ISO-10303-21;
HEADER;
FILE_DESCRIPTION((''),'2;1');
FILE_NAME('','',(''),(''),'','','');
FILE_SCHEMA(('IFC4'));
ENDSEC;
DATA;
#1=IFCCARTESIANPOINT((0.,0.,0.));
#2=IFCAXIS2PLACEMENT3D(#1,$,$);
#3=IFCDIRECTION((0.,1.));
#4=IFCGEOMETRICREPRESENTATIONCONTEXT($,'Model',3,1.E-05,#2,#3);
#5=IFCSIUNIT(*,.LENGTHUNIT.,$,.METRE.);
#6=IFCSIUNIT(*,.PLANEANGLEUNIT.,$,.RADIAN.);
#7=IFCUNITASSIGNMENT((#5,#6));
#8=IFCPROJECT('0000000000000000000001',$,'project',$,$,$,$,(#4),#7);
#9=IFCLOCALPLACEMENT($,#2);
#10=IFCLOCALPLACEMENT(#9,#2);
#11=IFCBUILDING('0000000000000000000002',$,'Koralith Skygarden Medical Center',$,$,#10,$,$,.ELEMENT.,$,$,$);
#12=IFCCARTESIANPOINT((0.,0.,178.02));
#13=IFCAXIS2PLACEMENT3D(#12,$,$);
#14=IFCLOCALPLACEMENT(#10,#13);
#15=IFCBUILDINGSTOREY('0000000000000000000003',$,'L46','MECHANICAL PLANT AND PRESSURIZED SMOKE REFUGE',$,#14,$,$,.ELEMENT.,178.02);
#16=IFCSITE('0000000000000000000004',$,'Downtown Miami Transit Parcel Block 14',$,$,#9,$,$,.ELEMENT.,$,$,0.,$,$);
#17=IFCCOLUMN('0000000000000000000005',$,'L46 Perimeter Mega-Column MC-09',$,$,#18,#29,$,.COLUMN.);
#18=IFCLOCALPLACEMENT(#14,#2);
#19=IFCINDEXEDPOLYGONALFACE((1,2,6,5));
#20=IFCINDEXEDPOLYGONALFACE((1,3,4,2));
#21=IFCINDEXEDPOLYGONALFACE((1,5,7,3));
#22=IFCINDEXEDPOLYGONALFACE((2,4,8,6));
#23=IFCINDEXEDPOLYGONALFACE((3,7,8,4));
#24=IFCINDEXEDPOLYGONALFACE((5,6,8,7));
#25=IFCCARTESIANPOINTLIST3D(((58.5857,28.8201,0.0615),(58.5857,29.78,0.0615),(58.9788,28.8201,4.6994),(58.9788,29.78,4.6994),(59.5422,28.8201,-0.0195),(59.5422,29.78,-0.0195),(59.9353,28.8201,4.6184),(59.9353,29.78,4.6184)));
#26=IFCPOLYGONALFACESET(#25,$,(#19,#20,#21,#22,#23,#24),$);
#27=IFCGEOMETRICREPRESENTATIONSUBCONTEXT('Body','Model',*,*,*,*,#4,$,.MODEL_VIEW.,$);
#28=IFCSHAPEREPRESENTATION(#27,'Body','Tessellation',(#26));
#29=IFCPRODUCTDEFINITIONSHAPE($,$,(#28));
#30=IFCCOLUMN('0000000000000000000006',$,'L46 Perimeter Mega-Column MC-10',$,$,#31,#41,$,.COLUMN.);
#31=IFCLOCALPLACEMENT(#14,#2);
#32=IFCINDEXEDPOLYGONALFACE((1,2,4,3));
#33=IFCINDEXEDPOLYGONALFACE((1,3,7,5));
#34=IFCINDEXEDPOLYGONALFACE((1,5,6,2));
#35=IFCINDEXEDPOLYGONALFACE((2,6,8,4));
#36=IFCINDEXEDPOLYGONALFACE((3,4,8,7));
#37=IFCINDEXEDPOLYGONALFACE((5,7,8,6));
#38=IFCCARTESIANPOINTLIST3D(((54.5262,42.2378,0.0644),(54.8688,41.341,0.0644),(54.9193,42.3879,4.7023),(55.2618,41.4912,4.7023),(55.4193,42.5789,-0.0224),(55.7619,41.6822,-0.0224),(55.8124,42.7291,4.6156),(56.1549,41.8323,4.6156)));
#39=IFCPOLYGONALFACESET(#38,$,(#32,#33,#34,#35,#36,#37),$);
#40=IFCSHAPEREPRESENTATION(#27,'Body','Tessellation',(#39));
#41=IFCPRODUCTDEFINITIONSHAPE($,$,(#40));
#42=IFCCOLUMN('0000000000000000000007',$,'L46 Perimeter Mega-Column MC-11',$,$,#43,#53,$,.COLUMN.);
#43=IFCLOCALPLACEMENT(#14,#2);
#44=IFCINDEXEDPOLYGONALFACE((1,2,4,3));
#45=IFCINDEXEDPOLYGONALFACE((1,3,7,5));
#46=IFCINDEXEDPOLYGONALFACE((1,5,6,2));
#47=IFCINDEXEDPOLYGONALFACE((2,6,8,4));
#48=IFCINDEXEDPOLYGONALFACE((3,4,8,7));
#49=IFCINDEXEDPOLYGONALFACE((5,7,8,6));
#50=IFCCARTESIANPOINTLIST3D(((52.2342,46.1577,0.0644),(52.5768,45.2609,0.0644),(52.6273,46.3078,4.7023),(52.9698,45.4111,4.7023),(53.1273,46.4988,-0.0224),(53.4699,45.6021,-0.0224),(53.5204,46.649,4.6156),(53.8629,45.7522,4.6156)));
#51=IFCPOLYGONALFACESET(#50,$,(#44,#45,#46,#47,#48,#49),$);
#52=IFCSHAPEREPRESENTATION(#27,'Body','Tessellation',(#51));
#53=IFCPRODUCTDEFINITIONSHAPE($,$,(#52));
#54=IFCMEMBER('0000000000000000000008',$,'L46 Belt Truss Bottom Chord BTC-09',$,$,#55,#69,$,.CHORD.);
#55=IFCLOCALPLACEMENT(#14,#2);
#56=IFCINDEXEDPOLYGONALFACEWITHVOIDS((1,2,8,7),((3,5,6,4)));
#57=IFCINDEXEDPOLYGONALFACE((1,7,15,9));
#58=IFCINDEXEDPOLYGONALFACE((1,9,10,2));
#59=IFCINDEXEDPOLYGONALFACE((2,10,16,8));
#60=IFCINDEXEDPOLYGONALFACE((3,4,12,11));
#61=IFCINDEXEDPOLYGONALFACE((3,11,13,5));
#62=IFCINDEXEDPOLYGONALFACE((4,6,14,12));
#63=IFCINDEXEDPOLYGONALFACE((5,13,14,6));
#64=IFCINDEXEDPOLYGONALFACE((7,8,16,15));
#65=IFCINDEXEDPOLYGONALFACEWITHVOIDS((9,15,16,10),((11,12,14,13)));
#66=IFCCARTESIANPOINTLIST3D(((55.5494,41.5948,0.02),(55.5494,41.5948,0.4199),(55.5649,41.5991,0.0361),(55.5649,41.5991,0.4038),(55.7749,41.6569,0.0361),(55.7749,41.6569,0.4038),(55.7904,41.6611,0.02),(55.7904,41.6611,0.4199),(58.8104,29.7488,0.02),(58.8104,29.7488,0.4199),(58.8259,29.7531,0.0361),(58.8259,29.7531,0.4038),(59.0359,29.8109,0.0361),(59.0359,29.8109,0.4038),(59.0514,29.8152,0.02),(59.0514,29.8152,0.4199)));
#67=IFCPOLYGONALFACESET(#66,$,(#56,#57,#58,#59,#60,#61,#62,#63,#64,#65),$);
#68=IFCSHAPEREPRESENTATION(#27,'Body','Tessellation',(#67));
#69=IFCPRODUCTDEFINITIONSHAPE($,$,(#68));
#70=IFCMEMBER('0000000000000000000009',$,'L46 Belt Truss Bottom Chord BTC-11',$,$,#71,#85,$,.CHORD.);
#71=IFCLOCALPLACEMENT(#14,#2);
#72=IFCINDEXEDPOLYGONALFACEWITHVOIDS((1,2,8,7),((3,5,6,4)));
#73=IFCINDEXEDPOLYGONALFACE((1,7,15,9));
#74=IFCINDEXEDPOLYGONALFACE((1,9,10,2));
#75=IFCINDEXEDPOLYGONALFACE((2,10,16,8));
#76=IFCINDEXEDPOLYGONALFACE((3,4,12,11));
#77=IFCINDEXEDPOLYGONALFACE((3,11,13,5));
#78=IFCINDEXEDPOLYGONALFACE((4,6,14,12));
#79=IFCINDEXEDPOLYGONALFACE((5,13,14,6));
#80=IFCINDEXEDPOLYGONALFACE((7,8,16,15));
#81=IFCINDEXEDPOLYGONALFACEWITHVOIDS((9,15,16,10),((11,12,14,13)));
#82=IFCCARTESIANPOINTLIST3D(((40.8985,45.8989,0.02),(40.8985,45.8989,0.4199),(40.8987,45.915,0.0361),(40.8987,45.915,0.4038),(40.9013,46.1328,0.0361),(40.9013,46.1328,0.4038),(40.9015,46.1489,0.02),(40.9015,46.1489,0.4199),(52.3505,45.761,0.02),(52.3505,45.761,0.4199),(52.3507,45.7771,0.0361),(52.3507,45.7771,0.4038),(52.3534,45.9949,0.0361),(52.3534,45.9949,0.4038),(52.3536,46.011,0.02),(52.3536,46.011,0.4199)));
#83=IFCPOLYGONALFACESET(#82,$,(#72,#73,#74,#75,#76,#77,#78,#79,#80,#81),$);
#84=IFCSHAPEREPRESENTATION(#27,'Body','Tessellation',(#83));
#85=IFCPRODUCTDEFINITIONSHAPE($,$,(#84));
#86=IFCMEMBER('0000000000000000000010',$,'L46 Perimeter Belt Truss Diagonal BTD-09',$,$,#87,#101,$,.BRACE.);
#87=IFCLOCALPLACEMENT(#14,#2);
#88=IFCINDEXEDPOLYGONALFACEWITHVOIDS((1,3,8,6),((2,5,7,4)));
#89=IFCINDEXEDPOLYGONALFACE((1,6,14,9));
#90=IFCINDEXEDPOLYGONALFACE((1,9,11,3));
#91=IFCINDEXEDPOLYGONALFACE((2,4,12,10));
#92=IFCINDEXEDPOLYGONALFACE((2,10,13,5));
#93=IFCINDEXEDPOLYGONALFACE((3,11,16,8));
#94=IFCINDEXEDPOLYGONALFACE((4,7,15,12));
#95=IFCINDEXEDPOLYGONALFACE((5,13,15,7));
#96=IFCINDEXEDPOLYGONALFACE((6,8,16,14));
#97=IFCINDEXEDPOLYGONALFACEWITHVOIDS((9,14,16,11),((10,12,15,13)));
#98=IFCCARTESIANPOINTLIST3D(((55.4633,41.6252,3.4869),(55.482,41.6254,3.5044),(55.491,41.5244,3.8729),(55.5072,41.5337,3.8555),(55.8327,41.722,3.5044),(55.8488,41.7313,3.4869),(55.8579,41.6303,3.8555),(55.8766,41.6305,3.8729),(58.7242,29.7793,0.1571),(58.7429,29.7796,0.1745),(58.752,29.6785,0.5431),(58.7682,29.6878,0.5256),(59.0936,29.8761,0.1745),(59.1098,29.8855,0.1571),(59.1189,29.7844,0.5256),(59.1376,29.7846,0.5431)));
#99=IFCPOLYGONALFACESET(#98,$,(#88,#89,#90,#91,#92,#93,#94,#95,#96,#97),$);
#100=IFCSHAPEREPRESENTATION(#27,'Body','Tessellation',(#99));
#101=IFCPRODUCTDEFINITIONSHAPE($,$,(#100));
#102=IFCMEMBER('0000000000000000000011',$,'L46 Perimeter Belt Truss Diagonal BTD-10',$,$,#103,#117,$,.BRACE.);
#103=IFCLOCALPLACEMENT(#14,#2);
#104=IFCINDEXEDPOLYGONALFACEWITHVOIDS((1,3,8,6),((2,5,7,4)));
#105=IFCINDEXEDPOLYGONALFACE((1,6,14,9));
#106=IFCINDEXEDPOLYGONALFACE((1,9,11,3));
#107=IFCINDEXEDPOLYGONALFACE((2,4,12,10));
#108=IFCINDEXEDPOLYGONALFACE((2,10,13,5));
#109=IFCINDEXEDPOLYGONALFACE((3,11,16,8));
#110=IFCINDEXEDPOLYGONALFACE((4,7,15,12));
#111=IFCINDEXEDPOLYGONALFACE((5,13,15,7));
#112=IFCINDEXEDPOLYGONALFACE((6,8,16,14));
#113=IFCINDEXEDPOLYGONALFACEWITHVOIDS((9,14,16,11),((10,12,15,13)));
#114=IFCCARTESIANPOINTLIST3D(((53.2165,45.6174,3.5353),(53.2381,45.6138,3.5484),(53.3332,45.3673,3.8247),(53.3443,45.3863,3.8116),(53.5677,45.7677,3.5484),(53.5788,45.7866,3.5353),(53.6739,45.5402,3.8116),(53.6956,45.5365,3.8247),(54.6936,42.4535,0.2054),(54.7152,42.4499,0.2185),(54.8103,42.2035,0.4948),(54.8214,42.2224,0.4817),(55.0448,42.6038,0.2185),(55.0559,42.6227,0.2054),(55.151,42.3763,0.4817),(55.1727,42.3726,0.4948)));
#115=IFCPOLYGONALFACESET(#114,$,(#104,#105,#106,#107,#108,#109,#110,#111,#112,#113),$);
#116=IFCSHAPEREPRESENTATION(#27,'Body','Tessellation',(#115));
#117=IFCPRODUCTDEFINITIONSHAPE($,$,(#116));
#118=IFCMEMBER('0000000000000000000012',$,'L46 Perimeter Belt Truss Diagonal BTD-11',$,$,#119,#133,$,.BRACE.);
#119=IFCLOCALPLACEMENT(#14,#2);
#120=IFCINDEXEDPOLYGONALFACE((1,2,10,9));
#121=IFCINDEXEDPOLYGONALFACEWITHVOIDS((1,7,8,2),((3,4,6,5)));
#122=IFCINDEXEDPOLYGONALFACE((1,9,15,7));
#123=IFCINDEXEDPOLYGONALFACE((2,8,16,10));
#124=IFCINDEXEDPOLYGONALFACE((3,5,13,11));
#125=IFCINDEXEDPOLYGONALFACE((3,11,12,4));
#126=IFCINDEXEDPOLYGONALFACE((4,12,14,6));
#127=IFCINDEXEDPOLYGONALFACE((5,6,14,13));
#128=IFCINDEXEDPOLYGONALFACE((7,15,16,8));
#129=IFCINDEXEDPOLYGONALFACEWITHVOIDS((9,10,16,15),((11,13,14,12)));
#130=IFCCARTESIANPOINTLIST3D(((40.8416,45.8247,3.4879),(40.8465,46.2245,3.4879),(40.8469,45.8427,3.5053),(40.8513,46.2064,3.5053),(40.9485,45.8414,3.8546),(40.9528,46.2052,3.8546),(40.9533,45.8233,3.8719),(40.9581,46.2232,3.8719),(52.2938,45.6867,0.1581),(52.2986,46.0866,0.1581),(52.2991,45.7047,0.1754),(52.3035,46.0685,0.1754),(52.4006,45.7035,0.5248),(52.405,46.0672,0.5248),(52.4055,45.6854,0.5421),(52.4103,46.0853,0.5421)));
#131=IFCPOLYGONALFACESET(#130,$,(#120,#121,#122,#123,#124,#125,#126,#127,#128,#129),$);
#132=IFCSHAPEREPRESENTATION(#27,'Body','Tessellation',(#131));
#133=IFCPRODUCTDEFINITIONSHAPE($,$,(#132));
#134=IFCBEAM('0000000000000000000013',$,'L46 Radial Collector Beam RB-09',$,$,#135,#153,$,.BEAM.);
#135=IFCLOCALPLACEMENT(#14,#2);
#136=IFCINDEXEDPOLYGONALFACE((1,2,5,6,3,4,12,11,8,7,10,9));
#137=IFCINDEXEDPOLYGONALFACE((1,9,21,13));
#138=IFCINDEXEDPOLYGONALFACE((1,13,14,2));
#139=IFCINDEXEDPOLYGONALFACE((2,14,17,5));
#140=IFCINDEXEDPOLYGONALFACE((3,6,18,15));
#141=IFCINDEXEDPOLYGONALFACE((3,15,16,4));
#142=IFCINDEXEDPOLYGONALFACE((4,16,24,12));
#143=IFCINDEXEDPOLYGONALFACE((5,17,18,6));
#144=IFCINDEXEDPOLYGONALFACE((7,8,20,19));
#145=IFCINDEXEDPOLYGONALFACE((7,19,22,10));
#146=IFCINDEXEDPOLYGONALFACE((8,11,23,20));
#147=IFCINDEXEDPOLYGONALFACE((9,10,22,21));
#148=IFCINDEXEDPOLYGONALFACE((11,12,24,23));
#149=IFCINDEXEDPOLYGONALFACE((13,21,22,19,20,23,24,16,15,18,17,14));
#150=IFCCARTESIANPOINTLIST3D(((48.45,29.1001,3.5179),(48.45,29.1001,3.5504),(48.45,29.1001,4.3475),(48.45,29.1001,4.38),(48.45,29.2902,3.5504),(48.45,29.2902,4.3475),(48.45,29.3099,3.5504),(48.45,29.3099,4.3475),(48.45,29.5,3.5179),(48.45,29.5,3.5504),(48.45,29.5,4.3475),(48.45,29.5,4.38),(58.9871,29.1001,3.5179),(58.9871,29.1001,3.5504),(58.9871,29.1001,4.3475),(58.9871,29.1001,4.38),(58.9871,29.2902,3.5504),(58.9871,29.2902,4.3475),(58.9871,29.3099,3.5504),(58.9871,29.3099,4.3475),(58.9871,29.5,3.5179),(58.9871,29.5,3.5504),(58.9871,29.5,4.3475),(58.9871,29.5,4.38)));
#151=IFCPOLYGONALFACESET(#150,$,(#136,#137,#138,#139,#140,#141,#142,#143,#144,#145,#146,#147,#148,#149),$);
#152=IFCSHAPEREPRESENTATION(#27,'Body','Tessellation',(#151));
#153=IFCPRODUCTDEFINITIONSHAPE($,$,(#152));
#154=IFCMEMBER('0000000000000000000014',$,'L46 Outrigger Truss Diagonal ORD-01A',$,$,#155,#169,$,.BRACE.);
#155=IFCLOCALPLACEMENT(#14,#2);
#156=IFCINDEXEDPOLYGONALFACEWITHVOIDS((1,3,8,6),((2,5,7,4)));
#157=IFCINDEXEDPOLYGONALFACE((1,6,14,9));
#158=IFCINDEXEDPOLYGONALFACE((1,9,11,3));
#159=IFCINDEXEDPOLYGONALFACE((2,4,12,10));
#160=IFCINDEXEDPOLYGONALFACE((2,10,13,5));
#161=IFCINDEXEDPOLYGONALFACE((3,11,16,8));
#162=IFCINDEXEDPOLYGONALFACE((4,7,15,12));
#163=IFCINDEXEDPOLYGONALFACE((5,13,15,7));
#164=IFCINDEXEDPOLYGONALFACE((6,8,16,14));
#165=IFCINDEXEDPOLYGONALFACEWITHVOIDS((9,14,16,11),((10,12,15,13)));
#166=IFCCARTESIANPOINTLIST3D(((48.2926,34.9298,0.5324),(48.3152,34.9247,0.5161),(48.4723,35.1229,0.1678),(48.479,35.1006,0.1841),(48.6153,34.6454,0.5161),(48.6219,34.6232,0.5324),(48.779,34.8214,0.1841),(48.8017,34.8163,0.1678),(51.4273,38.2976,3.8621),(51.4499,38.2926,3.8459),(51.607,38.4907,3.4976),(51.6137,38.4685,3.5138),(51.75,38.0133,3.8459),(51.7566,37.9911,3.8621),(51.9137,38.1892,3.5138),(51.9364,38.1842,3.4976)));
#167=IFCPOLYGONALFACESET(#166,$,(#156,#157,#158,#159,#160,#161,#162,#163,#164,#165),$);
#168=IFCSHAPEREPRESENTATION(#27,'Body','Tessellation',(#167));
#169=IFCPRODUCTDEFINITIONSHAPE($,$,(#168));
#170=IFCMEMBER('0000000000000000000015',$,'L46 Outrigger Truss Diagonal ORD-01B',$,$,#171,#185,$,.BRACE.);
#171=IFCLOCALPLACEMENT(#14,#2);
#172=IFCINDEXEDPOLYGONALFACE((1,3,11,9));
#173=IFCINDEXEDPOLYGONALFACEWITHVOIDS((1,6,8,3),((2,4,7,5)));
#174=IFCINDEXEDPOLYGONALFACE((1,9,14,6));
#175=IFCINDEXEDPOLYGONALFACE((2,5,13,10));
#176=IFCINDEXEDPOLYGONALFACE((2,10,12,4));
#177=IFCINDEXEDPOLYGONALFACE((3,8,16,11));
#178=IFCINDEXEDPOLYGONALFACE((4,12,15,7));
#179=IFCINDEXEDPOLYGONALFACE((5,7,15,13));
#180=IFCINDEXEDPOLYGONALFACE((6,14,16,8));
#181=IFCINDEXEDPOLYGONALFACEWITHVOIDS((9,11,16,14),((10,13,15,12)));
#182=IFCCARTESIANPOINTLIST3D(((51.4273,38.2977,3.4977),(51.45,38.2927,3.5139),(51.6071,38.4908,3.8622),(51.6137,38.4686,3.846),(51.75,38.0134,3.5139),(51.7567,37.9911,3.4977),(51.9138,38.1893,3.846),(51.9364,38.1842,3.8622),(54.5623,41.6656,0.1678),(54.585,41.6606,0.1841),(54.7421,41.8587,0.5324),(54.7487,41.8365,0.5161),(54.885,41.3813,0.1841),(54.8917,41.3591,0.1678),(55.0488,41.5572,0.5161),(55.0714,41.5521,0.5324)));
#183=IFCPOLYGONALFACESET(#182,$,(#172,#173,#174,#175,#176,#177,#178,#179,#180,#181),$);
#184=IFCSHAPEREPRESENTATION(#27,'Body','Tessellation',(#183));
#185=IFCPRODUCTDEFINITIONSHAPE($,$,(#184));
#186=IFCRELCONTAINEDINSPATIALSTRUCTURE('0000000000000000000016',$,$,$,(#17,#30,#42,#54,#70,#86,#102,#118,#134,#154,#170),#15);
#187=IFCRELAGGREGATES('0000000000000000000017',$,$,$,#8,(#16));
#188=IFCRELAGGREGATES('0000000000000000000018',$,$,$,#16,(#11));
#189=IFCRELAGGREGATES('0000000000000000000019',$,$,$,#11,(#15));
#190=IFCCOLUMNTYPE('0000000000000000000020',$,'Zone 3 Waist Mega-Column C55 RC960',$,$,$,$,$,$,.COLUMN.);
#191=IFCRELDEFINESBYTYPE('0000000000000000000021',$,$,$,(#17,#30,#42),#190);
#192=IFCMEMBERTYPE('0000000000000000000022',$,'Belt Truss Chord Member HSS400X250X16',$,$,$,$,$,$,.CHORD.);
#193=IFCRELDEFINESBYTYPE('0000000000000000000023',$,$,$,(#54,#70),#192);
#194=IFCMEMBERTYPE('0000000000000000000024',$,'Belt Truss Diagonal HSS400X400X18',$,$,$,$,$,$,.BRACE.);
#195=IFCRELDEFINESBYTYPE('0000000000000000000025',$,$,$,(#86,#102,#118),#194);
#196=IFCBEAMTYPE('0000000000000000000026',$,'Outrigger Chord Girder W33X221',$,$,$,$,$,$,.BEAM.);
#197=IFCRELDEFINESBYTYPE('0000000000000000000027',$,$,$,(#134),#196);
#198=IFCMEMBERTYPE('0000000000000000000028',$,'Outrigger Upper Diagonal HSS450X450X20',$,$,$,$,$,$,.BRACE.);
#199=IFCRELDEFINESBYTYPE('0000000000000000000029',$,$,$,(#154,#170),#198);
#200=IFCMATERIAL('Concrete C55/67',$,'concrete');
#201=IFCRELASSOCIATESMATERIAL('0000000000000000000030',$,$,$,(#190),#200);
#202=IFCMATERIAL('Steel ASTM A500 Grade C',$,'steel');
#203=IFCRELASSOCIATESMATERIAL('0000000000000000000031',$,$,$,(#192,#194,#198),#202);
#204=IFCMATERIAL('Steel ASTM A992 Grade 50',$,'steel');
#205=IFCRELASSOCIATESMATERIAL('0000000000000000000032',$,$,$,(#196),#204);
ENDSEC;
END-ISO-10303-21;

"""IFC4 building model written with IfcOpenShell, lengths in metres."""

from ifc_helpers import new_model, si_unit, direction, frame, origin, origin_2d, place, context, subcontext, project, spatial, rectangle, hollow_rectangle, i_section, extrude, material, material_profile, profile_set, type_object, element, save


model = new_model("IFC4")

# Units and contexts
model_context = context("Model", 3, precision=1e-05, world=origin(), true_north=direction((0.0, 1.0)))
body_context = subcontext(model_context, "Body", "Model", "MODEL_VIEW")
ifc_project = project(units=[si_unit("LENGTHUNIT", "METRE"), si_unit("PLANEANGLEUNIT", "RADIAN")], contexts=[model_context])

# Site, building, storey
site_placement = place(None, origin())
site = spatial("IfcSite", under=ifc_project, at=site_placement, Name="Downtown Miami Transit Parcel Block 14", CompositionType="ELEMENT", RefElevation=0.0)
building_placement = place(site_placement, origin())
building = spatial("IfcBuilding", under=site, at=building_placement, Name="Koralith Skygarden Medical Center", CompositionType="ELEMENT")
storey_placement = place(building_placement, frame((0.0, 0.0, 178.02)))
storey = spatial("IfcBuildingStorey", under=building, at=storey_placement, Name="L46", Description="MECHANICAL PLANT AND PRESSURIZED SMOKE REFUGE", CompositionType="ELEMENT", Elevation=178.02)

# Columns
ifc_material_1 = material(Name="Concrete C55/67", Category="concrete")
ifc_material_profile_1 = material_profile(ifc_material_1, rectangle(XDim=0.96, YDim=0.96, at=origin_2d()), Name="RC960X960")
ifc_profile_set_1 = profile_set([ifc_material_profile_1], Name="Concrete C55/67")
column_type = type_object("IfcColumnType", Name="Zone 3 Waist Mega-Column C55 RC960", PredefinedType="COLUMN", material=ifc_profile_set_1)
column_placement = place(storey_placement, frame((59.064, 29.3, 0.021), z_axis=(0.084447, 0.0, 0.996428), x_axis=(0.0, 1.0, 0.0)))
element("IfcColumn", 1, at=column_placement, inside=storey, type_object=column_type, Name="L46 Perimeter Mega-Column MC-09", PredefinedType="COLUMN", context=body_context, shape_type="SweptSolid", body=[
    extrude(rectangle(XDim=0.96, YDim=0.96, at=origin_2d()), origin(), (0.0, 0.0, 1.0), 4.6545),
])
for number, where, z_axis, x_axis, name in (
    (2, (55.144, 41.96, 0.021), (0.084404, 0.032241, 0.99591), (-0.35684, 0.934166, 0.0), "L46 Perimeter Mega-Column MC-10"),
    (3, (52.8521, 45.8799, 0.021), (0.084404, 0.032241, 0.99591), (-0.35684, 0.934166, 0.0), "L46 Perimeter Mega-Column MC-11"),
):
    element("IfcColumn", number, at=place(storey_placement, frame(where, z_axis=z_axis, x_axis=x_axis)), inside=storey, type_object=column_type, Name=name, PredefinedType="COLUMN", context=body_context, shape_type="SweptSolid", body=[
        extrude(rectangle(XDim=0.96, YDim=0.96, at=origin_2d()), origin(), (0.0, 0.0, 1.0), 4.657),
    ])

# Members
ifc_material_2 = material(Name="Steel ASTM A500 Grade C", Category="steel")
ifc_material_profile_2 = material_profile(ifc_material_2, hollow_rectangle(XDim=0.25, YDim=0.3999, WallThickness=0.0161, at=origin_2d()), Name="HSS400X250X16")
ifc_profile_set_2 = profile_set([ifc_material_profile_2], Name="Steel ASTM A500 Grade C")
member_type_1 = type_object("IfcMemberType", Name="Belt Truss Chord Member HSS400X250X16", PredefinedType="CHORD", material=ifc_profile_set_2)
member_1_placement = place(storey_placement, frame((58.9309, 29.782, 0.22), z_axis=(-0.26541, 0.964136, 0.0), x_axis=(-0.964136, -0.26541, 0.0)))
element("IfcMember", 4, at=member_1_placement, inside=storey, type_object=member_type_1, Name="L46 Belt Truss Bottom Chord BTC-09", PredefinedType="CHORD", context=body_context, shape_type="SweptSolid", body=[
    extrude(hollow_rectangle(XDim=0.25, YDim=0.3999, WallThickness=0.0161, at=origin_2d()), origin(), (0.0, 0.0, 1.0), 12.2866),
])
member_2_placement = place(storey_placement, frame((52.3521, 45.886, 0.22), z_axis=(-0.999927, 0.012044, 0.0), x_axis=(-0.012044, -0.999927, 0.0)))
element("IfcMember", 5, at=member_2_placement, inside=storey, type_object=member_type_1, Name="L46 Belt Truss Bottom Chord BTC-11", PredefinedType="CHORD", context=body_context, shape_type="SweptSolid", body=[
    extrude(hollow_rectangle(XDim=0.25, YDim=0.3999, WallThickness=0.0161, at=origin_2d()), origin(), (0.0, 0.0, 1.0), 11.4529),
])
ifc_material_profile_3 = material_profile(ifc_material_2, hollow_rectangle(XDim=0.3999, YDim=0.3999, WallThickness=0.0181, at=origin_2d()), Name="HSS400X400X18")
ifc_profile_set_3 = profile_set([ifc_material_profile_3], Name="Steel ASTM A500 Grade C")
member_type_2 = type_object("IfcMemberType", Name="Belt Truss Diagonal HSS400X400X18", PredefinedType="BRACE", material=ifc_profile_set_3)
member_3_placement = place(storey_placement, frame((58.9309, 29.782, 0.3501), z_axis=(-0.256169, 0.930567, 0.261577), x_axis=(-0.964136, -0.26541, 0.0)))
element("IfcMember", 6, at=member_3_placement, inside=storey, type_object=member_type_2, Name="L46 Perimeter Belt Truss Diagonal BTD-09", PredefinedType="BRACE", context=body_context, shape_type="SweptSolid", body=[
    extrude(hollow_rectangle(XDim=0.3999, YDim=0.3999, WallThickness=0.0181, at=origin_2d()), origin(), (0.0, 0.0, 1.0), 12.7297),
])
member_4_placement = place(storey_placement, frame((54.9331, 42.4131, 0.3501), z_axis=(-0.306134, 0.655733, 0.690142), x_axis=(-0.906117, -0.423027, 0.0)))
element("IfcMember", 7, at=member_4_placement, inside=storey, type_object=member_type_2, Name="L46 Perimeter Belt Truss Diagonal BTD-10", PredefinedType="BRACE", context=body_context, shape_type="SweptSolid", body=[
    extrude(hollow_rectangle(XDim=0.3999, YDim=0.3999, WallThickness=0.0181, at=origin_2d()), origin(), (0.0, 0.0, 1.0), 4.825),
])
member_5_placement = place(storey_placement, frame((52.3521, 45.886, 0.3501), z_axis=(-0.960169, 0.011565, 0.279179), x_axis=(-0.012044, -0.999927, 0.0)))
element("IfcMember", 8, at=member_5_placement, inside=storey, type_object=member_type_2, Name="L46 Perimeter Belt Truss Diagonal BTD-11", PredefinedType="BRACE", context=body_context, shape_type="SweptSolid", body=[
    extrude(hollow_rectangle(XDim=0.3999, YDim=0.3999, WallThickness=0.0181, at=origin_2d()), origin(), (0.0, 0.0, 1.0), 11.9272),
])

# Beam
ifc_material_3 = material(Name="Steel ASTM A992 Grade 50", Category="steel")
ifc_material_profile_4 = material_profile(ifc_material_3, i_section(OverallWidth=0.3999, OverallDepth=0.8621, WebThickness=0.0198, FlangeThickness=0.0325, at=origin_2d()), Name="W33X221")
ifc_profile_set_4 = profile_set([ifc_material_profile_4], Name="Steel ASTM A992 Grade 50")
beam_type_1 = type_object("IfcBeamType", Name="Outrigger Chord Girder W33X221", PredefinedType="BEAM", material=ifc_profile_set_4)
beam_1_placement = place(storey_placement, frame((48.45, 29.3, 3.949), z_axis=(1.0, 0.0, 0.0), x_axis=(0.0, 1.0, 0.0)))
element("IfcBeam", 9, at=beam_1_placement, inside=storey, type_object=beam_type_1, Name="L46 Radial Collector Beam RB-09", PredefinedType="BEAM", context=body_context, shape_type="SweptSolid", body=[
    extrude(i_section(OverallWidth=0.3999, OverallDepth=0.8621, WebThickness=0.0198, FlangeThickness=0.0325, at=origin_2d()), origin(), (0.0, 0.0, 1.0), 10.5371),
])

# Members
ifc_material_profile_5 = material_profile(ifc_material_2, hollow_rectangle(XDim=0.45, YDim=0.45, WallThickness=0.02, at=origin_2d()), Name="HSS450X450X20")
ifc_profile_set_5 = profile_set([ifc_material_profile_5], Name="Steel ASTM A500 Grade C")
member_type_3 = type_object("IfcMemberType", Name="Outrigger Upper Diagonal HSS450X450X20", PredefinedType="BRACE", material=ifc_profile_set_5)
member_6_placement = place(storey_placement, frame((48.5471, 34.873, 0.3501), z_axis=(0.551938, 0.592989, 0.586283), x_axis=(-0.73199, 0.681316, 0.0)))
element("IfcMember", 10, at=member_6_placement, inside=storey, type_object=member_type_3, Name="L46 Outrigger Truss Diagonal ORD-01A", PredefinedType="BRACE", context=body_context, shape_type="SweptSolid", body=[
    extrude(hollow_rectangle(XDim=0.45, YDim=0.45, WallThickness=0.02, at=origin_2d()), origin(), (0.0, 0.0, 1.0), 5.6794),
])
member_7_placement = place(storey_placement, frame((51.6819, 38.241, 3.6799), z_axis=(0.551968, 0.592975, -0.58627), x_axis=(-0.731963, 0.681344, 0.0)))
element("IfcMember", 11, at=member_7_placement, inside=storey, type_object=member_type_3, Name="L46 Outrigger Truss Diagonal ORD-01B", PredefinedType="BRACE", context=body_context, shape_type="SweptSolid", body=[
    extrude(hollow_rectangle(XDim=0.45, YDim=0.45, WallThickness=0.02, at=origin_2d()), origin(), (0.0, 0.0, 1.0), 5.6797),
])

save(model, "model.ifc")
